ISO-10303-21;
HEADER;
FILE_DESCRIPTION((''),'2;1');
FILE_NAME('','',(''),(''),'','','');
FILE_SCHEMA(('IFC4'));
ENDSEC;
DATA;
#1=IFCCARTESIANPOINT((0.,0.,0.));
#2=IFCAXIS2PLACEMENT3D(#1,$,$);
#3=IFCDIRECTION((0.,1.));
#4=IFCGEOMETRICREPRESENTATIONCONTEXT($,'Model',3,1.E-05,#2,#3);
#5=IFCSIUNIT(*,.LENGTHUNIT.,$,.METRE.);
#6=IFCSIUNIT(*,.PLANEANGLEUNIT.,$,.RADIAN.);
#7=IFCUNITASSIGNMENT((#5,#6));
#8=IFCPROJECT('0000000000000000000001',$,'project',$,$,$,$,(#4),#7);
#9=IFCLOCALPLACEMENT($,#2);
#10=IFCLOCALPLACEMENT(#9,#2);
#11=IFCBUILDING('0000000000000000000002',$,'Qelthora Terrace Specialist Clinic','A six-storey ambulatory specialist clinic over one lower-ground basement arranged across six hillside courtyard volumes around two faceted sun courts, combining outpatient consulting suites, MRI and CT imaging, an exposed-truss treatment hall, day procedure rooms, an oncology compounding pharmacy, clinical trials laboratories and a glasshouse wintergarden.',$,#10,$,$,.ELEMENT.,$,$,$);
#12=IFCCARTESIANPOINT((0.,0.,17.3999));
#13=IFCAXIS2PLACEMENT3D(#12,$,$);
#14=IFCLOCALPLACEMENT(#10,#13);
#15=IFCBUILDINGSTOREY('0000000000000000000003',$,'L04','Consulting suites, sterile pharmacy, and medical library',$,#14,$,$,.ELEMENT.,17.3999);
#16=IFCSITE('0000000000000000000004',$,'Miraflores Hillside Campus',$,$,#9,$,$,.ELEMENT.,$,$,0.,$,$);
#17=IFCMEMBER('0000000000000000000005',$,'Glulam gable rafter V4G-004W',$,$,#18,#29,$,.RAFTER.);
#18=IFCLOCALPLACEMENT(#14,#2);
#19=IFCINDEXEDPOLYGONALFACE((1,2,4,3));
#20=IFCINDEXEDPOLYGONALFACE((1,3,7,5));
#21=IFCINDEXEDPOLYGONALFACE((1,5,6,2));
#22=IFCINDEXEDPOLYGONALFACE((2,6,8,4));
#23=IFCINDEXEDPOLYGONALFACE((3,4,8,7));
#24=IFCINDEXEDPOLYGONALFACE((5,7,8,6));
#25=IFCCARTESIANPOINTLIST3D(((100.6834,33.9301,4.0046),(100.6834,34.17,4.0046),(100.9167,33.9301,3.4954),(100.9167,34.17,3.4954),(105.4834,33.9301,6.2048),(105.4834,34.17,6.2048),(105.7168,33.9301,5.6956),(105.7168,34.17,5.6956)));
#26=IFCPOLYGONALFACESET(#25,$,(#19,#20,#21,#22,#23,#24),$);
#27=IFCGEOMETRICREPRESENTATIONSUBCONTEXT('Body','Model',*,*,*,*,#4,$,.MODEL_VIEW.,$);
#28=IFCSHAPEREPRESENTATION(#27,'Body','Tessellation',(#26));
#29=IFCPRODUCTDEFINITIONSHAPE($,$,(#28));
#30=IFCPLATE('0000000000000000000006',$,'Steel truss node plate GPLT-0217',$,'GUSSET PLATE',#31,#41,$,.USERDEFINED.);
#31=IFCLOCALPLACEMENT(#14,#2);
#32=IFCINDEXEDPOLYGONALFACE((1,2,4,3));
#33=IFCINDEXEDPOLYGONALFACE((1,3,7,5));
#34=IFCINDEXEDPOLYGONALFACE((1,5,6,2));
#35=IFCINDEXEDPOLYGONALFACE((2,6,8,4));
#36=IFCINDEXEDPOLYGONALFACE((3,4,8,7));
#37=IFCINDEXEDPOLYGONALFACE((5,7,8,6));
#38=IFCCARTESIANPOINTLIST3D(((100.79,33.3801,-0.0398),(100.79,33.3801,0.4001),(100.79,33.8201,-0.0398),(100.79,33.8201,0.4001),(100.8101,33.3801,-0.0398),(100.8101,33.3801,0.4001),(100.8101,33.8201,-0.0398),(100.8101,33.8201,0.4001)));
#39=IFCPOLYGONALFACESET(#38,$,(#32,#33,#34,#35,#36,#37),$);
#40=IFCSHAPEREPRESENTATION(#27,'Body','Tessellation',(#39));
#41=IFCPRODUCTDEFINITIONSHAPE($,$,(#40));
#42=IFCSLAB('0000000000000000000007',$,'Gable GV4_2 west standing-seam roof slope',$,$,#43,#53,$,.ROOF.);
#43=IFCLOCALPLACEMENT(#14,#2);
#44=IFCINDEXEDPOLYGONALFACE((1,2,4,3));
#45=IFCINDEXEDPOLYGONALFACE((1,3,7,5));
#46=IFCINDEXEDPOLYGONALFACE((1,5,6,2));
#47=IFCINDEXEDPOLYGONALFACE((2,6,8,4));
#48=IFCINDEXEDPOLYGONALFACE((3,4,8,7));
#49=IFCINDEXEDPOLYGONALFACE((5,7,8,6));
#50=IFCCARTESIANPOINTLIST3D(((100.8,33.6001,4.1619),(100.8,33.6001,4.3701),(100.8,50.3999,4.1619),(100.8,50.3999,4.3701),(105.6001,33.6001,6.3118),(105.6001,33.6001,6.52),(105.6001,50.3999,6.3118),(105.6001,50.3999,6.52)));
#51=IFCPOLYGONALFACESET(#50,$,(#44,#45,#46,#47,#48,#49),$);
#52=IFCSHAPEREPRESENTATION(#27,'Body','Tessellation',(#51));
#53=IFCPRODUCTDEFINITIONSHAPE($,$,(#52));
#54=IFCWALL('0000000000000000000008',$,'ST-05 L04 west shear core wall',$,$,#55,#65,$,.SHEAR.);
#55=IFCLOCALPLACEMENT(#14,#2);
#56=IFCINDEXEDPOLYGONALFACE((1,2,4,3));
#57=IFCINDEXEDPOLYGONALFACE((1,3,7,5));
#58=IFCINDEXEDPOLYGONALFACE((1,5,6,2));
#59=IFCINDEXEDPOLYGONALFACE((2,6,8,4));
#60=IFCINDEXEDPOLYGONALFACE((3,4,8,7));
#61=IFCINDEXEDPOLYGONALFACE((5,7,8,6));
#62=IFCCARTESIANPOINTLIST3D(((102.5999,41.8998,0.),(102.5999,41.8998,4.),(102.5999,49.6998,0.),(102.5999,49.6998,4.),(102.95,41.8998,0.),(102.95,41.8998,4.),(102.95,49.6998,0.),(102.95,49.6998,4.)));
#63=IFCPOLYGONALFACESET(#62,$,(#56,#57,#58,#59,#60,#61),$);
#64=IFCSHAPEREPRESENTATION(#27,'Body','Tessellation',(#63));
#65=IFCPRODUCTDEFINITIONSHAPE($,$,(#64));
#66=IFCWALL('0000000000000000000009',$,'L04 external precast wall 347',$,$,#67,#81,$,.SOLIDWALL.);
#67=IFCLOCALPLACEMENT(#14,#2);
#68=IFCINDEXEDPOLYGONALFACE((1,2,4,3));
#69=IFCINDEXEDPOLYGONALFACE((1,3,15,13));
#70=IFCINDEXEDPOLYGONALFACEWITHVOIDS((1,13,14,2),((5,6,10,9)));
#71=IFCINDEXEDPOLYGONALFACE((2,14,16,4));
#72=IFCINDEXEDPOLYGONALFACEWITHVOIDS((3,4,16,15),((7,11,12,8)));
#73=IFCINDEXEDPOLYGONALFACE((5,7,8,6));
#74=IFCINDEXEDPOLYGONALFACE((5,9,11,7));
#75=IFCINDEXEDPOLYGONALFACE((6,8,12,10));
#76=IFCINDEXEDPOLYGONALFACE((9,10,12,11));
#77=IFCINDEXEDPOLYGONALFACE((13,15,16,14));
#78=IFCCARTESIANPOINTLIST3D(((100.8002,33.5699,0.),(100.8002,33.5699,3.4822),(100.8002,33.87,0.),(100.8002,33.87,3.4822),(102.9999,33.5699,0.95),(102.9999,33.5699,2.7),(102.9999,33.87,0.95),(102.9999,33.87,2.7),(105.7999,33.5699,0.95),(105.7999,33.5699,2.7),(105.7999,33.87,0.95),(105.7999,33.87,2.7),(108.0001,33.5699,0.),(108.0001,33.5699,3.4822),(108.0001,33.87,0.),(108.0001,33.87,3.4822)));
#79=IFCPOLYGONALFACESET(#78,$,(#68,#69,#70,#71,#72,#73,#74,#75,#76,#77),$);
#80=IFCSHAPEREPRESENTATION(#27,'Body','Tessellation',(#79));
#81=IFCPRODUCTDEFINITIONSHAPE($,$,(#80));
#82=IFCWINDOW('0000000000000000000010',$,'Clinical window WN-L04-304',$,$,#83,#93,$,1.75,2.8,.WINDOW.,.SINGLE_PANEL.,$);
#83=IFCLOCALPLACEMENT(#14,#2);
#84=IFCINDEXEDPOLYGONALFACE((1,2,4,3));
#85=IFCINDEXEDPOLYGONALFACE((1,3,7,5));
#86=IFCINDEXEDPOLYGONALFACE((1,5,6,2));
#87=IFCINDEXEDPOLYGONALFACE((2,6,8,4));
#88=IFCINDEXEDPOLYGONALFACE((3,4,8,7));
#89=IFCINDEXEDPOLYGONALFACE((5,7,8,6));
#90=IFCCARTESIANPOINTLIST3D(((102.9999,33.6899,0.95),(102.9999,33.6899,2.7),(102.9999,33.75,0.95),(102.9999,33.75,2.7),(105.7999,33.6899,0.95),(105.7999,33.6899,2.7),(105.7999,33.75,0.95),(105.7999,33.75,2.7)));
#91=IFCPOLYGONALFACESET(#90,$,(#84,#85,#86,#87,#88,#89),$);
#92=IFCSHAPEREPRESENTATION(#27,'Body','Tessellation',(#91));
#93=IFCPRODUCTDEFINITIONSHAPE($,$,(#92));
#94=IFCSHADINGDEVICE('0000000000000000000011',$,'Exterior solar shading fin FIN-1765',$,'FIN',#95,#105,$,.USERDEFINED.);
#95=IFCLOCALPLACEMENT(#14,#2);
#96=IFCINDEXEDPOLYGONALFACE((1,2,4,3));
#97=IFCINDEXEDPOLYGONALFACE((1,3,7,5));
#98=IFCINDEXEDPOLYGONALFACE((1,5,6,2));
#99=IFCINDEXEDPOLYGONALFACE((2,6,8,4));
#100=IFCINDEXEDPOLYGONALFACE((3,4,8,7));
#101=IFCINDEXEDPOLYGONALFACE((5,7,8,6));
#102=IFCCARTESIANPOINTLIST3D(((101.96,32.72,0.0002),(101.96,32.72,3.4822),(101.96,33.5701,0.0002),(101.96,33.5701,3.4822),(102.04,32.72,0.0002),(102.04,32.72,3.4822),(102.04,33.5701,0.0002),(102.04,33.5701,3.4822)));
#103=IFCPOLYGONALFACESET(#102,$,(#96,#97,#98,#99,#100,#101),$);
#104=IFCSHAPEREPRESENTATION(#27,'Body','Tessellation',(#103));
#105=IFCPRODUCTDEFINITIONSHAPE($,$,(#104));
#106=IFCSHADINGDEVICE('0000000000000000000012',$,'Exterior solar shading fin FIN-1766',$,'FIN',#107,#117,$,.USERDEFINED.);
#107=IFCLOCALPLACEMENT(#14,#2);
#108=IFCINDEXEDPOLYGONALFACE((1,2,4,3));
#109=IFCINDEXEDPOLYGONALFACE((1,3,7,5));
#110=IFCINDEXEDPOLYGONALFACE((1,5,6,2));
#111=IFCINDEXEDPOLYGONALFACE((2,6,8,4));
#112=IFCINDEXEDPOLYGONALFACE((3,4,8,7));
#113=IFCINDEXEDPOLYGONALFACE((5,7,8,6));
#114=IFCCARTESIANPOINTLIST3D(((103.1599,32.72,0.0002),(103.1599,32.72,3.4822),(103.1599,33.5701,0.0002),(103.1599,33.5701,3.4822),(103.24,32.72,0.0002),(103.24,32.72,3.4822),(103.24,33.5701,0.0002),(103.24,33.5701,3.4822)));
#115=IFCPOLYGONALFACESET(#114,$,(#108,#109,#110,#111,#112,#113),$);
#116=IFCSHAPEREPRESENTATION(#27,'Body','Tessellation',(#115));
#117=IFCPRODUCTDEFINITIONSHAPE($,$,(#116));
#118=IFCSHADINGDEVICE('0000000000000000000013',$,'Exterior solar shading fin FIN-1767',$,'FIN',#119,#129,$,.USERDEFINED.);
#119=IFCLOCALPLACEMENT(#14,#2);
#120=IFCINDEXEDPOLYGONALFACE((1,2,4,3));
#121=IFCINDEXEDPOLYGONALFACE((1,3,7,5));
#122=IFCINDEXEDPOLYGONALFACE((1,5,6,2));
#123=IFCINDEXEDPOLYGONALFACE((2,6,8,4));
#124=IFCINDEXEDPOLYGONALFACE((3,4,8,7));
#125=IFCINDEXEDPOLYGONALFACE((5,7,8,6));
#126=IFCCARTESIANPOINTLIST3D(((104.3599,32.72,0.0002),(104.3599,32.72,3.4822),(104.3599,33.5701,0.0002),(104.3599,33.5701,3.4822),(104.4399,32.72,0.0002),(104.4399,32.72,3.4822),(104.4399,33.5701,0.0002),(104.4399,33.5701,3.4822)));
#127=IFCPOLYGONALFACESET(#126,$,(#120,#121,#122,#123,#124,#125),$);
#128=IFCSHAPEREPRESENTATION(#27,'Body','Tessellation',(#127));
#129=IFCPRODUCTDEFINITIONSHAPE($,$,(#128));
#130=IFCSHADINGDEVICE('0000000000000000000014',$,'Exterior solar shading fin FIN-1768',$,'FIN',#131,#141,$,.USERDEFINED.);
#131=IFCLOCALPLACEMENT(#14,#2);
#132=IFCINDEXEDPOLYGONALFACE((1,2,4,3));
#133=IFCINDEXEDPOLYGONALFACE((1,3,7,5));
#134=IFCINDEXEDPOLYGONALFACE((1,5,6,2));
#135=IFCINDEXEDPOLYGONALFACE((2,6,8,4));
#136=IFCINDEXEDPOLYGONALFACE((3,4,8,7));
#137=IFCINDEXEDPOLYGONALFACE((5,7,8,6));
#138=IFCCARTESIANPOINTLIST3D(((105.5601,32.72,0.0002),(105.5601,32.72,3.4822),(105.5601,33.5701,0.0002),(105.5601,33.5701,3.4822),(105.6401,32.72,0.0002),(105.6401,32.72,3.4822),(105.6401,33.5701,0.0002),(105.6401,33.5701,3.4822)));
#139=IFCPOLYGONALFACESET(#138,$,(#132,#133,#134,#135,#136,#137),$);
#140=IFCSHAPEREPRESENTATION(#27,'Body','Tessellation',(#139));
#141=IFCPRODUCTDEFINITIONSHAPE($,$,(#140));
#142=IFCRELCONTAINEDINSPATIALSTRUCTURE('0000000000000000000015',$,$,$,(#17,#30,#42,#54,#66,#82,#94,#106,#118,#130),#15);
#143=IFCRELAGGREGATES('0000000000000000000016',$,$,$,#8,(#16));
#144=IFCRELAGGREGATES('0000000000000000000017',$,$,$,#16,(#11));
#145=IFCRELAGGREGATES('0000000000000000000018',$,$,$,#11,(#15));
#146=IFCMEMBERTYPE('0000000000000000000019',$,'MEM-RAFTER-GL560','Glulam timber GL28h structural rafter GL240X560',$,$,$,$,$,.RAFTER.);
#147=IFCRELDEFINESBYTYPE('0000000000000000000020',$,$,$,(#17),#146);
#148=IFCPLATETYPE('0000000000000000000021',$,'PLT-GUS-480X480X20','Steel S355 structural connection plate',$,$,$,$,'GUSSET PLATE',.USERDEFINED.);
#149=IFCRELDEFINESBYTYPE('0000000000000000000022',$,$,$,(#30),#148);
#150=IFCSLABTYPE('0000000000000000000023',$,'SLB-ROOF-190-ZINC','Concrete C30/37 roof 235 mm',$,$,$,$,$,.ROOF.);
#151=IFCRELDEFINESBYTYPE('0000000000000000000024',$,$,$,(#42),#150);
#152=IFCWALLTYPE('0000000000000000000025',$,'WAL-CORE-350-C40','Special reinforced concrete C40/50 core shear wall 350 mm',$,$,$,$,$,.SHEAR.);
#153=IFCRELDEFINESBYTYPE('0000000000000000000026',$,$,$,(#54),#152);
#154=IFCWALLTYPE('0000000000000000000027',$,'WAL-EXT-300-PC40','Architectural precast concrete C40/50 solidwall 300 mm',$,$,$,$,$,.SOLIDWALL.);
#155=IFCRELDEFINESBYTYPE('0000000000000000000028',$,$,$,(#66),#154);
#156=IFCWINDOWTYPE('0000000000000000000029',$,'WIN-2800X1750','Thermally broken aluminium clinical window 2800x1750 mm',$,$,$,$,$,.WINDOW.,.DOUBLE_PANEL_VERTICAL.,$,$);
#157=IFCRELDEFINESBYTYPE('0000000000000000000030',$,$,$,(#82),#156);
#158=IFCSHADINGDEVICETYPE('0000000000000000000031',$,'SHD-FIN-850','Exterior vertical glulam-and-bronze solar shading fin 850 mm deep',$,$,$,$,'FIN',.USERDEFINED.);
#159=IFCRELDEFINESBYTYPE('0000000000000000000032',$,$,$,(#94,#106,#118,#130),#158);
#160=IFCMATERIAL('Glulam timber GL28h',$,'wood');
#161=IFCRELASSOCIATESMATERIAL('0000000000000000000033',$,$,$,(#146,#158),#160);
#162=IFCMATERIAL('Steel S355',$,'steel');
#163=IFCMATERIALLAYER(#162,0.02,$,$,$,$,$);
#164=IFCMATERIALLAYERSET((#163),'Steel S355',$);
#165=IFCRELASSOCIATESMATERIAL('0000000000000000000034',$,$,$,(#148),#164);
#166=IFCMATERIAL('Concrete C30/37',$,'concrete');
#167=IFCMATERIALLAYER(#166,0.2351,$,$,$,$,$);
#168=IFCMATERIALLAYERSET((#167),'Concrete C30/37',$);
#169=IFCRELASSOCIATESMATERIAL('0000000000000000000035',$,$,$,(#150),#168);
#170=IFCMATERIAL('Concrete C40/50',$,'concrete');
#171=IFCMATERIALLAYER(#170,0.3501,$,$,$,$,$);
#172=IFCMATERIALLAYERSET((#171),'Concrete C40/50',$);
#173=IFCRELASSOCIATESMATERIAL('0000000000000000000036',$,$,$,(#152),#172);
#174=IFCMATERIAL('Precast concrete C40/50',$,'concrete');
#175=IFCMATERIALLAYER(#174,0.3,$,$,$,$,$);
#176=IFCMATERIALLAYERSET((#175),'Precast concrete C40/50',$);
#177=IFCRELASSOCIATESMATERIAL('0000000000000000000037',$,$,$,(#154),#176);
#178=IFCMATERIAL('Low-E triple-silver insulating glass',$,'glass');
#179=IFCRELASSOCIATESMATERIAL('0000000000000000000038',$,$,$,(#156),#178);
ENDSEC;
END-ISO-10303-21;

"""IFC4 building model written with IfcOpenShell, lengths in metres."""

from ifc_helpers import new_model, si_unit, direction, frame, frame_2d, origin, origin_2d, place, context, subcontext, project, spatial, polyline, rectangle, outline, extrude, material, layer, layer_set, material_profile, profile_set, type_object, element, fill, save


model = new_model("IFC4")

# Units and contexts
model_context = context("Model", 3, precision=1e-05, world=origin(), true_north=direction((0.0, 1.0)))
body_context = subcontext(model_context, "Body", "Model", "MODEL_VIEW")
ifc_project = project(units=[si_unit("LENGTHUNIT", "METRE"), si_unit("PLANEANGLEUNIT", "RADIAN")], contexts=[model_context])

# Site, building, storey
site_placement = place(None, origin())
site = spatial("IfcSite", under=ifc_project, at=site_placement, Name="Miraflores Hillside Campus", CompositionType="ELEMENT", RefElevation=0.0)
building_placement = place(site_placement, origin())
building = spatial("IfcBuilding", under=site, at=building_placement, Name="Qelthora Terrace Specialist Clinic", Description="A six-storey ambulatory specialist clinic over one lower-ground basement arranged across six hillside courtyard volumes around two faceted sun courts, combining outpatient consulting suites, MRI and CT imaging, an exposed-truss treatment hall, day procedure rooms, an oncology compounding pharmacy, clinical trials laboratories and a glasshouse wintergarden.", CompositionType="ELEMENT")
storey_placement = place(building_placement, frame((0.0, 0.0, 17.3999)))
storey = spatial("IfcBuildingStorey", under=building, at=storey_placement, Name="L04", Description="Consulting suites, sterile pharmacy, and medical library", CompositionType="ELEMENT", Elevation=17.3999)

# Shared definitions
ifc_material_1 = material(Name="Steel S355", Category="steel")

# Member
ifc_material_2 = material(Name="Glulam timber GL28h", Category="wood")
ifc_material_profile_1 = material_profile(ifc_material_2, rectangle(XDim=0.24, YDim=0.5601, at=origin_2d()), Name="GL240X560")
ifc_profile_set_1 = profile_set([ifc_material_profile_1], Name="Glulam timber GL28h")
member_type_1 = type_object("IfcMemberType", Name="MEM-RAFTER-GL560", Description="Glulam timber GL28h structural rafter GL240X560", PredefinedType="RAFTER", material=ifc_profile_set_1)
member_1_placement = place(storey_placement, frame((100.8, 34.05, 3.75), z_axis=(0.909052, 0.0, 0.416682), x_axis=(0.0, 1.0, 0.0)))
element("IfcMember", 1, at=member_1_placement, inside=storey, type_object=member_type_1, Name="Glulam gable rafter V4G-004W", PredefinedType="RAFTER", context=body_context, shape_type="SweptSolid", body=[
    extrude(rectangle(XDim=0.24, YDim=0.5601, at=origin_2d()), origin(), (0.0, 0.0, 1.0), 5.2803),
])

# Plate
ifc_layer_1 = layer(ifc_material_1, 0.02)
ifc_layer_set_1 = layer_set([ifc_layer_1], Name="Steel S355")
plate_type = type_object("IfcPlateType", Name="PLT-GUS-480X480X20", Description="Steel S355 structural connection plate", ElementType="GUSSET PLATE", PredefinedType="USERDEFINED", material=ifc_layer_set_1)
plate_placement = place(storey_placement, frame((100.8, 33.6001, -0.0398), z_axis=(0.0, 0.0, 1.0), x_axis=(1.0, 0.0, 0.0)))
element("IfcPlate", 2, at=plate_placement, inside=storey, type_object=plate_type, Name="Steel truss node plate GPLT-0217", ObjectType="GUSSET PLATE", PredefinedType="USERDEFINED", context=body_context, shape_type="SweptSolid", body=[
    extrude(rectangle(XDim=0.02, YDim=0.4399, at=origin_2d()), origin(), (0.0, 0.0, 1.0), 0.4399),
])

# Slab
ifc_material_3 = material(Name="Concrete C30/37", Category="concrete")
ifc_layer_2 = layer(ifc_material_3, 0.2351)
ifc_layer_set_2 = layer_set([ifc_layer_2], Name="Concrete C30/37")
slab_type = type_object("IfcSlabType", Name="SLB-ROOF-190-ZINC", Description="Concrete C30/37 roof 235 mm", PredefinedType="ROOF", material=ifc_layer_set_2)
slab_placement = place(storey_placement, frame((100.8, 33.6001, 4.1619), z_axis=(-0.408764, 0.0, 0.91264), x_axis=(0.91264, 0.0, 0.408764)))
element("IfcSlab", 3, at=slab_placement, inside=storey, type_object=slab_type, Name="Gable GV4_2 west standing-seam roof slope", PredefinedType="ROOF", context=body_context, shape_type="SweptSolid", body=[
    extrude(outline(polyline([(0.0, 0.0), (5.2595, 0.0), (5.2595, 16.7998), (0.0, 16.7998), (0.0, 0.0)])), origin(), (0.408764, 0.0, 0.91264), 0.2083),
])

# Wall
ifc_material_4 = material(Name="Concrete C40/50", Category="concrete")
ifc_layer_3 = layer(ifc_material_4, 0.3501)
ifc_layer_set_3 = layer_set([ifc_layer_3], Name="Concrete C40/50")
wall_type_1 = type_object("IfcWallType", Name="WAL-CORE-350-C40", Description="Special reinforced concrete C40/50 core shear wall 350 mm", PredefinedType="SHEAR", material=ifc_layer_set_3)
wall_1_placement = place(storey_placement, frame((102.7749, 41.8999, 0.0), z_axis=(0.0, 0.0, 1.0), x_axis=(0.0, 1.0, 0.0)))
element("IfcWall", 4, at=wall_1_placement, inside=storey, type_object=wall_type_1, Name="ST-05 L04 west shear core wall", PredefinedType="SHEAR", context=body_context, shape_type="SweptSolid", body=[
    extrude(rectangle(XDim=7.8, YDim=0.3501, at=frame_2d((3.8999, 0.0))), origin(), (0.0, 0.0, 1.0), 4.0),
])

# Wall, opening, window
ifc_material_5 = material(Name="Precast concrete C40/50", Category="concrete")
ifc_layer_4 = layer(ifc_material_5, 0.3)
ifc_layer_set_4 = layer_set([ifc_layer_4], Name="Precast concrete C40/50")
wall_type_2 = type_object("IfcWallType", Name="WAL-EXT-300-PC40", Description="Architectural precast concrete C40/50 solidwall 300 mm", PredefinedType="SOLIDWALL", material=ifc_layer_set_4)
wall_2_placement = place(storey_placement, frame((100.8, 33.72, 0.0), z_axis=(0.0, 0.0, 1.0), x_axis=(1.0, 0.0, 0.0)))
wall_2 = element("IfcWall", 5, at=wall_2_placement, inside=storey, type_object=wall_type_2, Name="L04 external precast wall 347", PredefinedType="SOLIDWALL", context=body_context, shape_type="SweptSolid", body=[
    extrude(rectangle(XDim=7.2, YDim=0.3, at=frame_2d((3.6001, 0.0))), origin(), (0.0, 0.0, 1.0), 3.4822),
])
opening_placement = place(wall_2_placement, frame((2.2, 0.0, 0.95)))
opening = element("IfcOpeningElement", 6, at=opening_placement, cuts=wall_2, PredefinedType="OPENING", context=body_context, shape_type="SweptSolid", body=[
    extrude(rectangle(XDim=2.8, YDim=1.75, at=frame_2d((1.3999, 0.875))), frame((0.0, 0.1599, 0.0), z_axis=(0.0, -1.0, 0.0), x_axis=(1.0, 0.0, 0.0)), (0.0, 0.0, 1.0), 0.3201),
])
ifc_material_6 = material(Name="Low-E triple-silver insulating glass", Category="glass")
window_type = type_object("IfcWindowType", Name="WIN-2800X1750", Description="Thermally broken aluminium clinical window 2800x1750 mm", PartitioningType="DOUBLE_PANEL_VERTICAL", PredefinedType="WINDOW", material=ifc_material_6)
window_placement = place(opening_placement, origin())
window = element("IfcWindow", 7, at=window_placement, inside=storey, type_object=window_type, Name="Clinical window WN-L04-304", OverallHeight=1.75, OverallWidth=2.8, PartitioningType="SINGLE_PANEL", PredefinedType="WINDOW", context=body_context, shape_type="SweptSolid", body=[
    extrude(rectangle(XDim=2.8, YDim=1.75, at=frame_2d((1.3999, 0.875))), frame((0.0, 0.03, 0.0), z_axis=(0.0, -1.0, 0.0), x_axis=(1.0, 0.0, 0.0)), (0.0, 0.0, 1.0), 0.0601),
])
fill(opening, window)

# Shading devices
shading_device_type = type_object("IfcShadingDeviceType", Name="SHD-FIN-850", Description="Exterior vertical glulam-and-bronze solar shading fin 850 mm deep", ElementType="FIN", PredefinedType="USERDEFINED", material=ifc_material_2)
for number, where, z_axis, x_axis, name in (
    (8, (102.0, 33.145, 0.0002), (0.0, 0.0, 1.0), (0.0, -1.0, 0.0), "Exterior solar shading fin FIN-1765"),
    (9, (103.2, 33.145, 0.0002), (0.0, 0.0, 1.0), (0.0, -1.0, 0.0), "Exterior solar shading fin FIN-1766"),
    (10, (104.3999, 33.145, 0.0002), (0.0, 0.0, 1.0), (0.0, -1.0, 0.0), "Exterior solar shading fin FIN-1767"),
    (11, (105.6001, 33.145, 0.0002), (0.0, 0.0, 1.0), (0.0, -1.0, 0.0), "Exterior solar shading fin FIN-1768"),
):
    element("IfcShadingDevice", number, at=place(storey_placement, frame(where, z_axis=z_axis, x_axis=x_axis)), inside=storey, type_object=shading_device_type, Name=name, ObjectType="FIN", PredefinedType="USERDEFINED", context=body_context, shape_type="SweptSolid", body=[
        extrude(rectangle(XDim=0.8501, YDim=0.0801, at=origin_2d()), origin(), (0.0, 0.0, 1.0), 3.4819),
    ])

save(model, "model.ifc")
